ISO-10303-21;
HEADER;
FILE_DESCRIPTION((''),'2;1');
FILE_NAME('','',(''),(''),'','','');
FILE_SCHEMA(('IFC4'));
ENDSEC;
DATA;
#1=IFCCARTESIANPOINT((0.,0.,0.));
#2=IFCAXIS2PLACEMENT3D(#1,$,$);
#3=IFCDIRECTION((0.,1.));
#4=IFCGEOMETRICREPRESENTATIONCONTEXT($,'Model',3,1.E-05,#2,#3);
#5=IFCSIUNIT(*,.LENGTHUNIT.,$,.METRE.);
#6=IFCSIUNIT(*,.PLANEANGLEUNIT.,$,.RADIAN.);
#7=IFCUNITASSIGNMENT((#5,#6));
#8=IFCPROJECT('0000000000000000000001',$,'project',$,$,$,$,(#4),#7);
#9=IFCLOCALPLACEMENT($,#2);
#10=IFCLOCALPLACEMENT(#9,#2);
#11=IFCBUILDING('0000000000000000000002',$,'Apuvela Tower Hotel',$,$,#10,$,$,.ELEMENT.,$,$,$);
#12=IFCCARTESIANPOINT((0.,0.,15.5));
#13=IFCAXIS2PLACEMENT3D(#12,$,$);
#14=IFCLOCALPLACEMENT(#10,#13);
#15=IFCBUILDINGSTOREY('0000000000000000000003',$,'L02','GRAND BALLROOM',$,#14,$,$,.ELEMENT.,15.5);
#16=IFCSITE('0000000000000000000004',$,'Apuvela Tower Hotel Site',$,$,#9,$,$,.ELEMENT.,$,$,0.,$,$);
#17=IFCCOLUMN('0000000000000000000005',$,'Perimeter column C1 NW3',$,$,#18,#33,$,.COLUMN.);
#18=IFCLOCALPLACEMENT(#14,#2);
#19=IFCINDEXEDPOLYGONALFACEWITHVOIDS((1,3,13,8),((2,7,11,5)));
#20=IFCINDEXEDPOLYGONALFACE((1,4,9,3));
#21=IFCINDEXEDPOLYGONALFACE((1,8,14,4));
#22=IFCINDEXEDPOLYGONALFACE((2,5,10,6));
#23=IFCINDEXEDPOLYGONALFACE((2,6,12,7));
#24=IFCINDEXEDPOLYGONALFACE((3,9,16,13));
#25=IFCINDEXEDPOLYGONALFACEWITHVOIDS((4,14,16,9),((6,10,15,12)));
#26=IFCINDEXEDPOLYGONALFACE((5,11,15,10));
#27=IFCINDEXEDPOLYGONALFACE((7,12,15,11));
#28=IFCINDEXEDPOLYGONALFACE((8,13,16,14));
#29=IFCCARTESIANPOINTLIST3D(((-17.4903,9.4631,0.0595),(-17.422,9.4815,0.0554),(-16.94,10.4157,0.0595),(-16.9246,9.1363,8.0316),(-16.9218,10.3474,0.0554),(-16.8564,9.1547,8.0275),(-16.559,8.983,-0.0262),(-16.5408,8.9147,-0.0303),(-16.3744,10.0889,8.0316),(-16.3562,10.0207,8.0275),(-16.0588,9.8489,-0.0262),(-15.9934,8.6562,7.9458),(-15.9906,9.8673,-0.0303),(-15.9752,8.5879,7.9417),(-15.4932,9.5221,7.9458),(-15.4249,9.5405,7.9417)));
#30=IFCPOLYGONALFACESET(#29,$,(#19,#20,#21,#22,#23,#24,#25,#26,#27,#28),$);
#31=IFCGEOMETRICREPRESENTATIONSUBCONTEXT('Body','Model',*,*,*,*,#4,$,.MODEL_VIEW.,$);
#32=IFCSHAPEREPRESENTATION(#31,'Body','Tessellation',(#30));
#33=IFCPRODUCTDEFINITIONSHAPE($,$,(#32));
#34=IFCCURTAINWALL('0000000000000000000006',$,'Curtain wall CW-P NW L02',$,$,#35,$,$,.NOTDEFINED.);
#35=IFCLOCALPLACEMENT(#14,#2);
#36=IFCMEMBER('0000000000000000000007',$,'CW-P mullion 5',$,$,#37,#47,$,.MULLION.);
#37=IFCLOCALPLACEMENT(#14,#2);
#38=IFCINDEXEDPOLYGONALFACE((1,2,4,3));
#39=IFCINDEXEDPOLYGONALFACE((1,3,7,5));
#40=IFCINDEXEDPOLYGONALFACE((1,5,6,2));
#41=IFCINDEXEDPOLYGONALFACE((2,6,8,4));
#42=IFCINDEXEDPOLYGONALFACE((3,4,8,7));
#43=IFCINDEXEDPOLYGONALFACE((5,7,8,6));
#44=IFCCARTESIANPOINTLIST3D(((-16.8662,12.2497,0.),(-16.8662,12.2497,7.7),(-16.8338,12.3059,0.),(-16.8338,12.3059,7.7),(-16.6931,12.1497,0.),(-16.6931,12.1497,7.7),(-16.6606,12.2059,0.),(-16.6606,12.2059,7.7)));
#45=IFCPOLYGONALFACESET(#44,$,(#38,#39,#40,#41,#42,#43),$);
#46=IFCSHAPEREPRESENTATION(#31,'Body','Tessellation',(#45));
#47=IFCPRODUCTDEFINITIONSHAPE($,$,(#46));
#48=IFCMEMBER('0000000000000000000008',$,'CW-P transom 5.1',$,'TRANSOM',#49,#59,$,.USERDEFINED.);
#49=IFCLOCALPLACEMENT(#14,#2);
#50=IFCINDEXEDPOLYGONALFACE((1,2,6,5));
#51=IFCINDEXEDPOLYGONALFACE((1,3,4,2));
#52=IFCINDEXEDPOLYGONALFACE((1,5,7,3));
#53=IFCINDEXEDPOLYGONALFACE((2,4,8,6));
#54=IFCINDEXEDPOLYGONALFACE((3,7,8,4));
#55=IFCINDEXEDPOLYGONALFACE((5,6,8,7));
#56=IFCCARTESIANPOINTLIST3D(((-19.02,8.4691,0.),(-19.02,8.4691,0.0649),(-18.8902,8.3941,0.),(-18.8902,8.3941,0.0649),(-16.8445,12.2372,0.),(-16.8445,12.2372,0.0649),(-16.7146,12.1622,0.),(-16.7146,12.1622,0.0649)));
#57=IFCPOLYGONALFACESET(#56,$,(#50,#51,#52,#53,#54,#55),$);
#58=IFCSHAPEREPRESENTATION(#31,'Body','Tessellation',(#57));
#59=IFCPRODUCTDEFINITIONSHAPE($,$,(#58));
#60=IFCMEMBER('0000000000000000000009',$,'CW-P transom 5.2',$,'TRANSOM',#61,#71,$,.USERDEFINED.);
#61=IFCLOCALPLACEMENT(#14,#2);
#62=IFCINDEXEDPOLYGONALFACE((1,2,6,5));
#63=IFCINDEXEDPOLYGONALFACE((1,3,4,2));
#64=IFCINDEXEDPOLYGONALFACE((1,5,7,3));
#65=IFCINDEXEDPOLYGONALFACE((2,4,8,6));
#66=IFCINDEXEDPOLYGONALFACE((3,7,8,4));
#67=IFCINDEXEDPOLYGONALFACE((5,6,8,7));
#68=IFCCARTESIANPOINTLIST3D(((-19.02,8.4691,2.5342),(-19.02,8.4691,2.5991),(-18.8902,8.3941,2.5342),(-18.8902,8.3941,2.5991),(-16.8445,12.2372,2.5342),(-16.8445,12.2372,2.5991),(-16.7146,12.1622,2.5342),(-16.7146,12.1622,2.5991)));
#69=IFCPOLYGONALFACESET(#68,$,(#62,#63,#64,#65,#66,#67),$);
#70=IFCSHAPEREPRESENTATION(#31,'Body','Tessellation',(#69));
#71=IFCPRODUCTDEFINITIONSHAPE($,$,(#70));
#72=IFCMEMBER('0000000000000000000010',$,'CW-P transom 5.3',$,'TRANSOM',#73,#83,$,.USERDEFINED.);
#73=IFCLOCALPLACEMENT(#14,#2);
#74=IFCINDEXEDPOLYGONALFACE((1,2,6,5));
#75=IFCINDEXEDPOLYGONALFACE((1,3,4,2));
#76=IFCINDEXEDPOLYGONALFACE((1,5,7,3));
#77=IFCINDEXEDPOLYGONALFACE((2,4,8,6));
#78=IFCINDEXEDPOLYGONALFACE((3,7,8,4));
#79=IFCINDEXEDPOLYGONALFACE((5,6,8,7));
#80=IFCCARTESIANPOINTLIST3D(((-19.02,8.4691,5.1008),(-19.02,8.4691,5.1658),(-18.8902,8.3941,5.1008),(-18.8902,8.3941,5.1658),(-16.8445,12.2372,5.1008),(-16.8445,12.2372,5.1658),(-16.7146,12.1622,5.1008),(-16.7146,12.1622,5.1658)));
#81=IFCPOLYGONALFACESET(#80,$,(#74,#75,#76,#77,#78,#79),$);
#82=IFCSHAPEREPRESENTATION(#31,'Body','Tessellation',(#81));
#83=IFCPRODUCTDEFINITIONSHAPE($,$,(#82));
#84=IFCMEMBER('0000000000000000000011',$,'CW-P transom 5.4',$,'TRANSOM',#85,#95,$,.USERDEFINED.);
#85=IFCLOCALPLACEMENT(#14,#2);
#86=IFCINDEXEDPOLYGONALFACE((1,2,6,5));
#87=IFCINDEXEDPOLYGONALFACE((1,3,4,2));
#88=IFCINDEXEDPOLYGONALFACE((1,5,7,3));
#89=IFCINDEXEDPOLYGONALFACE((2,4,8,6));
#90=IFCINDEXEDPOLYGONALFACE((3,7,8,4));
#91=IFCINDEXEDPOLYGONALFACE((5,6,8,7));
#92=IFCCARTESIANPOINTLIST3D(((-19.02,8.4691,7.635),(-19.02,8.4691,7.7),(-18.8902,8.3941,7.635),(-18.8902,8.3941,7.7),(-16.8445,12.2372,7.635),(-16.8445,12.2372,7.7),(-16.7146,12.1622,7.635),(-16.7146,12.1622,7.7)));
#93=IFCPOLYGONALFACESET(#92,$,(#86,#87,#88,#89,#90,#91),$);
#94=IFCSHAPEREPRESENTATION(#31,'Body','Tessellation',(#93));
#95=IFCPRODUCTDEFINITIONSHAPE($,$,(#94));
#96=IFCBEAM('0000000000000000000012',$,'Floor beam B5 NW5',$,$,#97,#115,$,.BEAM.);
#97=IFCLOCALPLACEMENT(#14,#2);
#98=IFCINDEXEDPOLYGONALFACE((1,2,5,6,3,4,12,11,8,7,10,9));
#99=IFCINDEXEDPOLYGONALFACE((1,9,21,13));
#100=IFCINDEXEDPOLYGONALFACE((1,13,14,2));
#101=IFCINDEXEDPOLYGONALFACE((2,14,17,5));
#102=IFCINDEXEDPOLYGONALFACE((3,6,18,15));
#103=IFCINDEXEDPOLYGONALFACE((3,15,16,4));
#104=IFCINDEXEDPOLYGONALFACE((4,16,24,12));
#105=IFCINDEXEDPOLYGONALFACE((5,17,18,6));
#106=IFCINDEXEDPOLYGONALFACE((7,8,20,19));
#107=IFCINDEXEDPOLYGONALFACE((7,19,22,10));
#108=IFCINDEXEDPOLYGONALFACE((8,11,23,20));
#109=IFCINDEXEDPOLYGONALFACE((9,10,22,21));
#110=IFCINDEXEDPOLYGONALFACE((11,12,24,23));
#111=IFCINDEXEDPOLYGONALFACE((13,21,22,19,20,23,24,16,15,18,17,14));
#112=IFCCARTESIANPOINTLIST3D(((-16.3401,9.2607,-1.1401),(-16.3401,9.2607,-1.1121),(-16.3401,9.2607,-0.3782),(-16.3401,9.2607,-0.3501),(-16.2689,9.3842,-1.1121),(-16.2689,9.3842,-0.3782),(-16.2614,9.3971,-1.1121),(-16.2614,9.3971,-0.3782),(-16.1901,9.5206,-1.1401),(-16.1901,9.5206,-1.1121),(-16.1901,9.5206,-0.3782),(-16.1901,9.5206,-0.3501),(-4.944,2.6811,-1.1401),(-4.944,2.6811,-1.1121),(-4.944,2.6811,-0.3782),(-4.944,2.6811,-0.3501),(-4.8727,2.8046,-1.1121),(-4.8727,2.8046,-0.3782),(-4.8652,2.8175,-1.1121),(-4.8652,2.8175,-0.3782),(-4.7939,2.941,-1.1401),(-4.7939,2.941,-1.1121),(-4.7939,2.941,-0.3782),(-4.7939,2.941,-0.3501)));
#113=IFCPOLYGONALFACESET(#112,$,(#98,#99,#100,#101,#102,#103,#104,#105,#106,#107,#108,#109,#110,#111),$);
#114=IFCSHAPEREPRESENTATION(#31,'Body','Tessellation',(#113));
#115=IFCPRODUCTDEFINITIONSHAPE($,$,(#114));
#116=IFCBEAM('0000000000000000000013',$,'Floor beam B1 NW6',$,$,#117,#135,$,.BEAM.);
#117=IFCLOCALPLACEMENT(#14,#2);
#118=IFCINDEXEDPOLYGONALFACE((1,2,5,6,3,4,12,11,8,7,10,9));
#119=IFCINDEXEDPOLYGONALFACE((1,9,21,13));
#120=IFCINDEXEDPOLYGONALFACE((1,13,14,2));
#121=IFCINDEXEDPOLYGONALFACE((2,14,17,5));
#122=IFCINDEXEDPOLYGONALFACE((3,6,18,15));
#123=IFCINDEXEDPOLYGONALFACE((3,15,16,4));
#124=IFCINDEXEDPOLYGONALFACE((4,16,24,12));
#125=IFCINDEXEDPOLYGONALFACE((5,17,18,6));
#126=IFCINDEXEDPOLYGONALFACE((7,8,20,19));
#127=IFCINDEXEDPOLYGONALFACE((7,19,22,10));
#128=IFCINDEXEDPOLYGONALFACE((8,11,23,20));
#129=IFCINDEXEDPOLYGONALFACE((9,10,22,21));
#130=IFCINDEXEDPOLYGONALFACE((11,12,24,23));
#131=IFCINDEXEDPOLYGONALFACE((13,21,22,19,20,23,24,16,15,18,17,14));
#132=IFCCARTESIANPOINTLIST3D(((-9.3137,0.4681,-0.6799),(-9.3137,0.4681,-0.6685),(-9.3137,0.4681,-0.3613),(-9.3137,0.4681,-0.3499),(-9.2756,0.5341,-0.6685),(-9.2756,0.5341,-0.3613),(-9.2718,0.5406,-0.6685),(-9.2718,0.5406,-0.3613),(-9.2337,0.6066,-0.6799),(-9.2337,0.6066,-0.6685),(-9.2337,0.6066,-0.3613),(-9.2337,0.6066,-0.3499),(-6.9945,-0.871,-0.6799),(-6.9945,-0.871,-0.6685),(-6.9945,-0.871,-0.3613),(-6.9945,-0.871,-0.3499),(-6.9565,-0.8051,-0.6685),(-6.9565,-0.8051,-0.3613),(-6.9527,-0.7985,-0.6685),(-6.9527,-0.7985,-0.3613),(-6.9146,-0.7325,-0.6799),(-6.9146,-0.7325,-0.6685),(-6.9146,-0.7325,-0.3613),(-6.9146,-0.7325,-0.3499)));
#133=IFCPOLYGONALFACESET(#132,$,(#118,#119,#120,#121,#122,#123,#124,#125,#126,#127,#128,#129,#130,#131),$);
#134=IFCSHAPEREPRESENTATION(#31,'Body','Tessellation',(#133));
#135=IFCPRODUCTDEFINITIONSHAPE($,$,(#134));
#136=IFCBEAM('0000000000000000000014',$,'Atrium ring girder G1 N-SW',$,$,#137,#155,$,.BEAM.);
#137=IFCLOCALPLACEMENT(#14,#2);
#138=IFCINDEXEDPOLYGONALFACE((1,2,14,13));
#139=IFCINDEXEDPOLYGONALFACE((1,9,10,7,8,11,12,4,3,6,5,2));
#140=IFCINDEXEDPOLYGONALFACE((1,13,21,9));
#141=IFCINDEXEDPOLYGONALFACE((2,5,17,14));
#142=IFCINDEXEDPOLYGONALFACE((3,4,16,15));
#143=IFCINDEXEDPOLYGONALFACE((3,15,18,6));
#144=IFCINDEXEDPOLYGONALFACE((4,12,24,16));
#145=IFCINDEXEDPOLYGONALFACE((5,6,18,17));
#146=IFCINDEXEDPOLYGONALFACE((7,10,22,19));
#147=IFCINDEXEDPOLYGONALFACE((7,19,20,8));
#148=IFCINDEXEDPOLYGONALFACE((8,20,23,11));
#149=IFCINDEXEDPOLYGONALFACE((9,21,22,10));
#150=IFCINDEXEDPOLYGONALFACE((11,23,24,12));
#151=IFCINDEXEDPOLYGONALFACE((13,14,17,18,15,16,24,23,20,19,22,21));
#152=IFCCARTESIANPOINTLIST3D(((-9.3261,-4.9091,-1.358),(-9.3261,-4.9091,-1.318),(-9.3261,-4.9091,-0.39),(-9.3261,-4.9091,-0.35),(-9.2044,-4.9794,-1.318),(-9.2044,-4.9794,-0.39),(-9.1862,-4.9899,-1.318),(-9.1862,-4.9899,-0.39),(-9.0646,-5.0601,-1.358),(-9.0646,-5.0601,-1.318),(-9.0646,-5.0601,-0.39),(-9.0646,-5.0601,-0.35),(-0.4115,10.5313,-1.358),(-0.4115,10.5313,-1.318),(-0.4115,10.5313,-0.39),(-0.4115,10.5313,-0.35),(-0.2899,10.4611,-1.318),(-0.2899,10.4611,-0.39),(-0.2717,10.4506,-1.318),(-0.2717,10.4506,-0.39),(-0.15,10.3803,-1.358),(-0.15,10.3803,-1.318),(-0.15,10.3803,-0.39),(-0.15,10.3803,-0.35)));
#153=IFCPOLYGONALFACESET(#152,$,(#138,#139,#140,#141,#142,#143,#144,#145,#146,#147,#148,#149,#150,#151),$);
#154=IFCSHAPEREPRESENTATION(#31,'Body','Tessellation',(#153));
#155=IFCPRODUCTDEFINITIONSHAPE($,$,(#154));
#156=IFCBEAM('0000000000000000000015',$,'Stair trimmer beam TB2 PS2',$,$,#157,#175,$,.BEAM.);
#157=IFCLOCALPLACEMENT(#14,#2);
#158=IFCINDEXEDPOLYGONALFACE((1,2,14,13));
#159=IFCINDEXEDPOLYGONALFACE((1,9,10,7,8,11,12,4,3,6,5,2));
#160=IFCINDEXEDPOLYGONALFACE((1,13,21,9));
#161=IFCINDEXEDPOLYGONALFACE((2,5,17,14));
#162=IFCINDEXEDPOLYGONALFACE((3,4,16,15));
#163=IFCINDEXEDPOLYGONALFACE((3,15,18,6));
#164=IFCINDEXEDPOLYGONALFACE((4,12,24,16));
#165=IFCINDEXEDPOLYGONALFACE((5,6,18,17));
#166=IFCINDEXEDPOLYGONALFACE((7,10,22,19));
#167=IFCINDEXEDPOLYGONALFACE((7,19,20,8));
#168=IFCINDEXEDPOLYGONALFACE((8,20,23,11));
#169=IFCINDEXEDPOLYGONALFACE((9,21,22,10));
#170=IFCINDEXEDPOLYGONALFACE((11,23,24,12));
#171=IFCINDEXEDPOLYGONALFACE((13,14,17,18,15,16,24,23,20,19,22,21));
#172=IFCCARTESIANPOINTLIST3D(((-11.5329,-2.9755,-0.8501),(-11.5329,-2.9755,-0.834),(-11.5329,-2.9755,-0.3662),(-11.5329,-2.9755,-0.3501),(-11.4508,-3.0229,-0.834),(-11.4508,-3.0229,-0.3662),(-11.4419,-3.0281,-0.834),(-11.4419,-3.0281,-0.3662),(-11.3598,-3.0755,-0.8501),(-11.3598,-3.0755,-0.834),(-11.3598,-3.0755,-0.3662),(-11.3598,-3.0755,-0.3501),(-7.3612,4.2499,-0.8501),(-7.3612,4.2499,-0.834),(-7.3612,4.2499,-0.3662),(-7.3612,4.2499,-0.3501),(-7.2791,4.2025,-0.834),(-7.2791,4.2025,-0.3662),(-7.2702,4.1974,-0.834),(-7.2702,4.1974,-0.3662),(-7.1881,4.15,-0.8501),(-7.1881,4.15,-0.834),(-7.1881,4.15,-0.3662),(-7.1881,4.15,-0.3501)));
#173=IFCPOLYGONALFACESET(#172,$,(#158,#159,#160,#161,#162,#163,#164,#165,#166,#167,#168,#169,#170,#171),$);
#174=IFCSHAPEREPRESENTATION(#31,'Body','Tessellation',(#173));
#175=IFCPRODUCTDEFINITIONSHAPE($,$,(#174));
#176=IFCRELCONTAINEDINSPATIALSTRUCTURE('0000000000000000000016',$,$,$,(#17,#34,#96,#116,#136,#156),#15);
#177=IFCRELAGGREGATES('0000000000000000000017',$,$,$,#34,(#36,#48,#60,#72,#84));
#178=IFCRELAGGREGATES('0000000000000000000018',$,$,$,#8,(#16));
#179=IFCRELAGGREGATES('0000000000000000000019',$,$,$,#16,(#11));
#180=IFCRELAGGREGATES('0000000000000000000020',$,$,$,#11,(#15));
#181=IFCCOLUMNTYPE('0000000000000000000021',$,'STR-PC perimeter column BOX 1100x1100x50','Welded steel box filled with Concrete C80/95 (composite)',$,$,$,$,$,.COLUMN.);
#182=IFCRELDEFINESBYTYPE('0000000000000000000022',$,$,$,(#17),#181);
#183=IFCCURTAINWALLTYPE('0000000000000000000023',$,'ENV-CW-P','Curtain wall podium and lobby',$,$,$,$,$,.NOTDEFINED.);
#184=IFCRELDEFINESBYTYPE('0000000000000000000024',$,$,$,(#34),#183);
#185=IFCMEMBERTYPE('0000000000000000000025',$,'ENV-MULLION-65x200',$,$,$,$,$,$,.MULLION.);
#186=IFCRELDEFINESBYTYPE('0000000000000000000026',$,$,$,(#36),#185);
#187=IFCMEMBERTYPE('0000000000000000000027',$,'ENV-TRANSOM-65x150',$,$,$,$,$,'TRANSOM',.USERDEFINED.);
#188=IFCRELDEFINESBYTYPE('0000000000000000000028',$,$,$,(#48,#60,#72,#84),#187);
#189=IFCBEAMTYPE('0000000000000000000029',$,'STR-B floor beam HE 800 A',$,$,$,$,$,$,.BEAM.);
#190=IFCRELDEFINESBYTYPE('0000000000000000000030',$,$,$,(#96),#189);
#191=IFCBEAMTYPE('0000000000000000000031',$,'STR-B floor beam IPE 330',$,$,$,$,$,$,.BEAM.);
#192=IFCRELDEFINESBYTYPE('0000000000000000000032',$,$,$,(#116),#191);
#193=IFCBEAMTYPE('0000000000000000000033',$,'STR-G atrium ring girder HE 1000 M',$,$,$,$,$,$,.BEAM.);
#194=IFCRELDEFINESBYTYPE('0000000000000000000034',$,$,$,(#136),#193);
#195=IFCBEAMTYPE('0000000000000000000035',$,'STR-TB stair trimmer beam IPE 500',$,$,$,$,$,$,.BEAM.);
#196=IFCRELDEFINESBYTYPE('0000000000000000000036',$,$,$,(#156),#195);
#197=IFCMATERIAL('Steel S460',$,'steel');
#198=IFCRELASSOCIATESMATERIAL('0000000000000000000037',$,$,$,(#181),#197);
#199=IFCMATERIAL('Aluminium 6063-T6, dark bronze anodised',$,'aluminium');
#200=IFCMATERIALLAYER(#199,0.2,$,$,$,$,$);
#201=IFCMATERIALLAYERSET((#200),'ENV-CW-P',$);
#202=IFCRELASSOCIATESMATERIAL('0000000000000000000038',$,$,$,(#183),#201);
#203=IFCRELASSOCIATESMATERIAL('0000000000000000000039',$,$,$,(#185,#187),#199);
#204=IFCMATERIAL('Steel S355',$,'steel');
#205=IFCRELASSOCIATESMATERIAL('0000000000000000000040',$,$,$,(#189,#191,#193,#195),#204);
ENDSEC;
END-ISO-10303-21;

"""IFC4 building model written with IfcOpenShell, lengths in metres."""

from ifc_helpers import new_model, si_unit, direction, frame, origin, origin_2d, place, context, subcontext, project, spatial, rectangle, hollow_rectangle, i_section, extrude, boolean, halfspace, material, layer, layer_set, material_profile, profile_set, type_object, element, aggregate, save


model = new_model("IFC4")

# Units and contexts
model_context = context("Model", 3, precision=1e-05, world=origin(), true_north=direction((0.0, 1.0)))
body_context = subcontext(model_context, "Body", "Model", "MODEL_VIEW")
ifc_project = project(units=[si_unit("LENGTHUNIT", "METRE"), si_unit("PLANEANGLEUNIT", "RADIAN")], contexts=[model_context])

# Site, building, storey
site_placement = place(None, origin())
site = spatial("IfcSite", under=ifc_project, at=site_placement, Name="Apuvela Tower Hotel Site", CompositionType="ELEMENT", RefElevation=0.0)
building_placement = place(site_placement, origin())
building = spatial("IfcBuilding", under=site, at=building_placement, Name="Apuvela Tower Hotel", CompositionType="ELEMENT")
storey_placement = place(building_placement, frame((0.0, 0.0, 15.5)))
storey = spatial("IfcBuildingStorey", under=building, at=storey_placement, Name="L02", Description="GRAND BALLROOM", CompositionType="ELEMENT", Elevation=15.5)

# Column
ifc_material_1 = material(Name="Steel S460", Category="steel")
ifc_material_profile_1 = material_profile(ifc_material_1, hollow_rectangle(XDim=1.1001, YDim=1.1001, WallThickness=0.05, at=origin_2d()), Name="BOX 1100x1100x50")
ifc_material_2 = material(Name="Concrete C80/95", Category="concrete")
ifc_material_profile_2 = material_profile(ifc_material_2, rectangle(XDim=1.0, YDim=1.0, at=origin_2d()), Name="Concrete C80/95 infill")
ifc_profile_set_1 = profile_set([ifc_material_profile_1, ifc_material_profile_2], Name="Steel S460")
column_type = type_object("IfcColumnType", Name="STR-PC perimeter column BOX 1100x1100x50", Description="Welded steel box filled with Concrete C80/95 (composite)", PredefinedType="COLUMN", material=ifc_profile_set_1)
column_placement = place(storey_placement, frame((-16.7415, 9.6658, 0.0), z_axis=(0.070716, -0.040848, 0.99666), x_axis=(-0.500185, -0.865919, 0.0)))
element("IfcColumn", 1, at=column_placement, inside=storey, type_object=column_type, Name="Perimeter column C1 NW3", PredefinedType="COLUMN", context=body_context, shape_type="SweptSolid", body=[
    boolean("DIFFERENCE", boolean("DIFFERENCE", extrude(hollow_rectangle(XDim=1.1001, YDim=1.1001, WallThickness=0.05, at=origin_2d()), origin(), (0.0, 0.0, 1.0), 8.0269), halfspace(frame((0.0, 0.0, 0.0146), z_axis=(0.0, 0.0, 1.0), x_axis=(1.0, 0.0, 0.0)), True)), halfspace(frame((0.0, 0.0, 8.0134), z_axis=(0.0, 0.0, 1.0), x_axis=(1.0, 0.0, 0.0)), False)),
])

# Curtain wall, members
ifc_material_3 = material(Name="Aluminium 6063-T6, dark bronze anodised", Category="aluminium")
ifc_layer_1 = layer(ifc_material_3, 0.2)
ifc_layer_set_1 = layer_set([ifc_layer_1], Name="ENV-CW-P")
curtain_wall_type = type_object("IfcCurtainWallType", Name="ENV-CW-P", Description="Curtain wall podium and lobby", PredefinedType="NOTDEFINED", material=ifc_layer_set_1)
curtain_wall_placement = place(storey_placement, origin())
curtain_wall = element("IfcCurtainWall", 2, at=curtain_wall_placement, inside=storey, type_object=curtain_wall_type, Name="Curtain wall CW-P NW L02", PredefinedType="NOTDEFINED")
ifc_material_profile_3 = material_profile(ifc_material_3, rectangle(XDim=0.2, YDim=0.0649, at=origin_2d()), Name="AL 65x200")
ifc_profile_set_2 = profile_set([ifc_material_profile_3], Name="Aluminium 6063-T6, dark bronze anodised")
member_type_1 = type_object("IfcMemberType", Name="ENV-MULLION-65x200", PredefinedType="MULLION", material=ifc_profile_set_2)
member_1_placement = place(storey_placement, frame((-16.7634, 12.2278, 0.0), z_axis=(0.0, 0.0, 1.0), x_axis=(0.866025, -0.500001, 0.0)))
member_1 = element("IfcMember", 3, at=member_1_placement, type_object=member_type_1, Name="CW-P mullion 5", PredefinedType="MULLION", context=body_context, shape_type="SweptSolid", body=[
    extrude(rectangle(XDim=0.2, YDim=0.0649, at=origin_2d()), origin(), (0.0, 0.0, 1.0), 7.7),
])
ifc_material_profile_4 = material_profile(ifc_material_3, rectangle(XDim=0.1499, YDim=0.0649, at=origin_2d()), Name="AL 65x150 transom")
ifc_profile_set_3 = profile_set([ifc_material_profile_4], Name="Aluminium 6063-T6, dark bronze anodised")
member_type_2 = type_object("IfcMemberType", Name="ENV-TRANSOM-65x150", ElementType="TRANSOM", PredefinedType="USERDEFINED", material=ifc_profile_set_3)
member_2_placement = place(storey_placement, frame((-16.7795, 12.1997, 0.0325), z_axis=(-0.500007, -0.866021, 0.0), x_axis=(0.866021, -0.500007, 0.0)))
member_2 = element("IfcMember", 4, at=member_2_placement, type_object=member_type_2, Name="CW-P transom 5.1", ObjectType="TRANSOM", PredefinedType="USERDEFINED", context=body_context, shape_type="SweptSolid", body=[
    extrude(rectangle(XDim=0.1499, YDim=0.0649, at=origin_2d()), origin(), (0.0, 0.0, 1.0), 4.3511),
])
member_3_placement = place(storey_placement, frame((-16.7795, 12.1997, 2.5667), z_axis=(-0.500007, -0.866021, 0.0), x_axis=(0.866021, -0.500007, 0.0)))
member_3 = element("IfcMember", 5, at=member_3_placement, type_object=member_type_2, Name="CW-P transom 5.2", ObjectType="TRANSOM", PredefinedType="USERDEFINED", context=body_context, shape_type="SweptSolid", body=[
    extrude(rectangle(XDim=0.1499, YDim=0.0649, at=origin_2d()), origin(), (0.0, 0.0, 1.0), 4.3511),
])
member_4_placement = place(storey_placement, frame((-16.7795, 12.1997, 5.1333), z_axis=(-0.500007, -0.866021, 0.0), x_axis=(0.866021, -0.500007, 0.0)))
member_4 = element("IfcMember", 6, at=member_4_placement, type_object=member_type_2, Name="CW-P transom 5.3", ObjectType="TRANSOM", PredefinedType="USERDEFINED", context=body_context, shape_type="SweptSolid", body=[
    extrude(rectangle(XDim=0.1499, YDim=0.0649, at=origin_2d()), origin(), (0.0, 0.0, 1.0), 4.3511),
])
member_5_placement = place(storey_placement, frame((-16.7795, 12.1997, 7.6675), z_axis=(-0.500007, -0.866021, 0.0), x_axis=(0.866021, -0.500007, 0.0)))
member_5 = element("IfcMember", 7, at=member_5_placement, type_object=member_type_2, Name="CW-P transom 5.4", ObjectType="TRANSOM", PredefinedType="USERDEFINED", context=body_context, shape_type="SweptSolid", body=[
    extrude(rectangle(XDim=0.1499, YDim=0.0649, at=origin_2d()), origin(), (0.0, 0.0, 1.0), 4.3511),
])
aggregate(curtain_wall, [member_1, member_2, member_3, member_4, member_5])

# Beams
ifc_material_4 = material(Name="Steel S355", Category="steel")
ifc_material_profile_5 = material_profile(ifc_material_4, i_section(OverallWidth=0.3, OverallDepth=0.79, WebThickness=0.0149, FlangeThickness=0.0281, at=origin_2d()), Name="HE 800 A")
ifc_profile_set_4 = profile_set([ifc_material_profile_5], Name="Steel S355")
beam_type_1 = type_object("IfcBeamType", Name="STR-B floor beam HE 800 A", PredefinedType="BEAM", material=ifc_profile_set_4)
beam_1_placement = place(storey_placement, frame((-16.2651, 9.3906, -0.7451), z_axis=(0.866026, -0.499998, 0.0), x_axis=(0.499998, 0.866026, 0.0)))
element("IfcBeam", 8, at=beam_1_placement, inside=storey, type_object=beam_type_1, Name="Floor beam B5 NW5", PredefinedType="BEAM", context=body_context, shape_type="SweptSolid", body=[
    extrude(i_section(OverallWidth=0.3, OverallDepth=0.79, WebThickness=0.0149, FlangeThickness=0.0281, at=origin_2d()), origin(), (0.0, 0.0, 1.0), 13.1592),
])
ifc_material_profile_6 = material_profile(ifc_material_4, i_section(OverallWidth=0.1599, OverallDepth=0.3301, WebThickness=0.0076, FlangeThickness=0.0115, at=origin_2d()), Name="IPE 330")
ifc_profile_set_5 = profile_set([ifc_material_profile_6], Name="Steel S355")
beam_type_2 = type_object("IfcBeamType", Name="STR-B floor beam IPE 330", PredefinedType="BEAM", material=ifc_profile_set_5)
beam_2_placement = place(storey_placement, frame((-9.2737, 0.5374, -0.5149), z_axis=(0.865996, -0.500051, 0.0), x_axis=(0.500051, 0.865996, 0.0)))
element("IfcBeam", 9, at=beam_2_placement, inside=storey, type_object=beam_type_2, Name="Floor beam B1 NW6", PredefinedType="BEAM", context=body_context, shape_type="SweptSolid", body=[
    extrude(i_section(OverallWidth=0.1599, OverallDepth=0.3301, WebThickness=0.0076, FlangeThickness=0.0115, at=origin_2d()), origin(), (0.0, 0.0, 1.0), 2.678),
])
ifc_material_profile_7 = material_profile(ifc_material_4, i_section(OverallWidth=0.302, OverallDepth=1.0081, WebThickness=0.021, FlangeThickness=0.04, at=origin_2d()), Name="HE 1000 M")
ifc_profile_set_6 = profile_set([ifc_material_profile_7], Name="Steel S355")
beam_type_3 = type_object("IfcBeamType", Name="STR-G atrium ring girder HE 1000 M", PredefinedType="BEAM", material=ifc_profile_set_6)
beam_3_placement = place(storey_placement, frame((-0.2808, 10.4558, -0.854), z_axis=(-0.500001, -0.866025, 0.0), x_axis=(0.866025, -0.500001, 0.0)))
element("IfcBeam", 10, at=beam_3_placement, inside=storey, type_object=beam_type_3, Name="Atrium ring girder G1 N-SW", PredefinedType="BEAM", context=body_context, shape_type="SweptSolid", body=[
    extrude(i_section(OverallWidth=0.302, OverallDepth=1.0081, WebThickness=0.021, FlangeThickness=0.04, at=origin_2d()), origin(), (0.0, 0.0, 1.0), 17.8291),
])
ifc_material_profile_8 = material_profile(ifc_material_4, i_section(OverallWidth=0.2, OverallDepth=0.5, WebThickness=0.0103, FlangeThickness=0.0161, at=origin_2d()), Name="IPE 500")
ifc_profile_set_7 = profile_set([ifc_material_profile_8], Name="Steel S355")
beam_type_4 = type_object("IfcBeamType", Name="STR-TB stair trimmer beam IPE 500", PredefinedType="BEAM", material=ifc_profile_set_7)
beam_4_placement = place(storey_placement, frame((-7.2747, 4.2, -0.6001), z_axis=(-0.500007, -0.866021, 0.0), x_axis=(0.866021, -0.500007, 0.0)))
element("IfcBeam", 11, at=beam_4_placement, inside=storey, type_object=beam_type_4, Name="Stair trimmer beam TB2 PS2", PredefinedType="BEAM", context=body_context, shape_type="SweptSolid", body=[
    extrude(i_section(OverallWidth=0.2, OverallDepth=0.5, WebThickness=0.0103, FlangeThickness=0.0161, at=origin_2d()), origin(), (0.0, 0.0, 1.0), 8.3433),
])

save(model, "model.ifc")
